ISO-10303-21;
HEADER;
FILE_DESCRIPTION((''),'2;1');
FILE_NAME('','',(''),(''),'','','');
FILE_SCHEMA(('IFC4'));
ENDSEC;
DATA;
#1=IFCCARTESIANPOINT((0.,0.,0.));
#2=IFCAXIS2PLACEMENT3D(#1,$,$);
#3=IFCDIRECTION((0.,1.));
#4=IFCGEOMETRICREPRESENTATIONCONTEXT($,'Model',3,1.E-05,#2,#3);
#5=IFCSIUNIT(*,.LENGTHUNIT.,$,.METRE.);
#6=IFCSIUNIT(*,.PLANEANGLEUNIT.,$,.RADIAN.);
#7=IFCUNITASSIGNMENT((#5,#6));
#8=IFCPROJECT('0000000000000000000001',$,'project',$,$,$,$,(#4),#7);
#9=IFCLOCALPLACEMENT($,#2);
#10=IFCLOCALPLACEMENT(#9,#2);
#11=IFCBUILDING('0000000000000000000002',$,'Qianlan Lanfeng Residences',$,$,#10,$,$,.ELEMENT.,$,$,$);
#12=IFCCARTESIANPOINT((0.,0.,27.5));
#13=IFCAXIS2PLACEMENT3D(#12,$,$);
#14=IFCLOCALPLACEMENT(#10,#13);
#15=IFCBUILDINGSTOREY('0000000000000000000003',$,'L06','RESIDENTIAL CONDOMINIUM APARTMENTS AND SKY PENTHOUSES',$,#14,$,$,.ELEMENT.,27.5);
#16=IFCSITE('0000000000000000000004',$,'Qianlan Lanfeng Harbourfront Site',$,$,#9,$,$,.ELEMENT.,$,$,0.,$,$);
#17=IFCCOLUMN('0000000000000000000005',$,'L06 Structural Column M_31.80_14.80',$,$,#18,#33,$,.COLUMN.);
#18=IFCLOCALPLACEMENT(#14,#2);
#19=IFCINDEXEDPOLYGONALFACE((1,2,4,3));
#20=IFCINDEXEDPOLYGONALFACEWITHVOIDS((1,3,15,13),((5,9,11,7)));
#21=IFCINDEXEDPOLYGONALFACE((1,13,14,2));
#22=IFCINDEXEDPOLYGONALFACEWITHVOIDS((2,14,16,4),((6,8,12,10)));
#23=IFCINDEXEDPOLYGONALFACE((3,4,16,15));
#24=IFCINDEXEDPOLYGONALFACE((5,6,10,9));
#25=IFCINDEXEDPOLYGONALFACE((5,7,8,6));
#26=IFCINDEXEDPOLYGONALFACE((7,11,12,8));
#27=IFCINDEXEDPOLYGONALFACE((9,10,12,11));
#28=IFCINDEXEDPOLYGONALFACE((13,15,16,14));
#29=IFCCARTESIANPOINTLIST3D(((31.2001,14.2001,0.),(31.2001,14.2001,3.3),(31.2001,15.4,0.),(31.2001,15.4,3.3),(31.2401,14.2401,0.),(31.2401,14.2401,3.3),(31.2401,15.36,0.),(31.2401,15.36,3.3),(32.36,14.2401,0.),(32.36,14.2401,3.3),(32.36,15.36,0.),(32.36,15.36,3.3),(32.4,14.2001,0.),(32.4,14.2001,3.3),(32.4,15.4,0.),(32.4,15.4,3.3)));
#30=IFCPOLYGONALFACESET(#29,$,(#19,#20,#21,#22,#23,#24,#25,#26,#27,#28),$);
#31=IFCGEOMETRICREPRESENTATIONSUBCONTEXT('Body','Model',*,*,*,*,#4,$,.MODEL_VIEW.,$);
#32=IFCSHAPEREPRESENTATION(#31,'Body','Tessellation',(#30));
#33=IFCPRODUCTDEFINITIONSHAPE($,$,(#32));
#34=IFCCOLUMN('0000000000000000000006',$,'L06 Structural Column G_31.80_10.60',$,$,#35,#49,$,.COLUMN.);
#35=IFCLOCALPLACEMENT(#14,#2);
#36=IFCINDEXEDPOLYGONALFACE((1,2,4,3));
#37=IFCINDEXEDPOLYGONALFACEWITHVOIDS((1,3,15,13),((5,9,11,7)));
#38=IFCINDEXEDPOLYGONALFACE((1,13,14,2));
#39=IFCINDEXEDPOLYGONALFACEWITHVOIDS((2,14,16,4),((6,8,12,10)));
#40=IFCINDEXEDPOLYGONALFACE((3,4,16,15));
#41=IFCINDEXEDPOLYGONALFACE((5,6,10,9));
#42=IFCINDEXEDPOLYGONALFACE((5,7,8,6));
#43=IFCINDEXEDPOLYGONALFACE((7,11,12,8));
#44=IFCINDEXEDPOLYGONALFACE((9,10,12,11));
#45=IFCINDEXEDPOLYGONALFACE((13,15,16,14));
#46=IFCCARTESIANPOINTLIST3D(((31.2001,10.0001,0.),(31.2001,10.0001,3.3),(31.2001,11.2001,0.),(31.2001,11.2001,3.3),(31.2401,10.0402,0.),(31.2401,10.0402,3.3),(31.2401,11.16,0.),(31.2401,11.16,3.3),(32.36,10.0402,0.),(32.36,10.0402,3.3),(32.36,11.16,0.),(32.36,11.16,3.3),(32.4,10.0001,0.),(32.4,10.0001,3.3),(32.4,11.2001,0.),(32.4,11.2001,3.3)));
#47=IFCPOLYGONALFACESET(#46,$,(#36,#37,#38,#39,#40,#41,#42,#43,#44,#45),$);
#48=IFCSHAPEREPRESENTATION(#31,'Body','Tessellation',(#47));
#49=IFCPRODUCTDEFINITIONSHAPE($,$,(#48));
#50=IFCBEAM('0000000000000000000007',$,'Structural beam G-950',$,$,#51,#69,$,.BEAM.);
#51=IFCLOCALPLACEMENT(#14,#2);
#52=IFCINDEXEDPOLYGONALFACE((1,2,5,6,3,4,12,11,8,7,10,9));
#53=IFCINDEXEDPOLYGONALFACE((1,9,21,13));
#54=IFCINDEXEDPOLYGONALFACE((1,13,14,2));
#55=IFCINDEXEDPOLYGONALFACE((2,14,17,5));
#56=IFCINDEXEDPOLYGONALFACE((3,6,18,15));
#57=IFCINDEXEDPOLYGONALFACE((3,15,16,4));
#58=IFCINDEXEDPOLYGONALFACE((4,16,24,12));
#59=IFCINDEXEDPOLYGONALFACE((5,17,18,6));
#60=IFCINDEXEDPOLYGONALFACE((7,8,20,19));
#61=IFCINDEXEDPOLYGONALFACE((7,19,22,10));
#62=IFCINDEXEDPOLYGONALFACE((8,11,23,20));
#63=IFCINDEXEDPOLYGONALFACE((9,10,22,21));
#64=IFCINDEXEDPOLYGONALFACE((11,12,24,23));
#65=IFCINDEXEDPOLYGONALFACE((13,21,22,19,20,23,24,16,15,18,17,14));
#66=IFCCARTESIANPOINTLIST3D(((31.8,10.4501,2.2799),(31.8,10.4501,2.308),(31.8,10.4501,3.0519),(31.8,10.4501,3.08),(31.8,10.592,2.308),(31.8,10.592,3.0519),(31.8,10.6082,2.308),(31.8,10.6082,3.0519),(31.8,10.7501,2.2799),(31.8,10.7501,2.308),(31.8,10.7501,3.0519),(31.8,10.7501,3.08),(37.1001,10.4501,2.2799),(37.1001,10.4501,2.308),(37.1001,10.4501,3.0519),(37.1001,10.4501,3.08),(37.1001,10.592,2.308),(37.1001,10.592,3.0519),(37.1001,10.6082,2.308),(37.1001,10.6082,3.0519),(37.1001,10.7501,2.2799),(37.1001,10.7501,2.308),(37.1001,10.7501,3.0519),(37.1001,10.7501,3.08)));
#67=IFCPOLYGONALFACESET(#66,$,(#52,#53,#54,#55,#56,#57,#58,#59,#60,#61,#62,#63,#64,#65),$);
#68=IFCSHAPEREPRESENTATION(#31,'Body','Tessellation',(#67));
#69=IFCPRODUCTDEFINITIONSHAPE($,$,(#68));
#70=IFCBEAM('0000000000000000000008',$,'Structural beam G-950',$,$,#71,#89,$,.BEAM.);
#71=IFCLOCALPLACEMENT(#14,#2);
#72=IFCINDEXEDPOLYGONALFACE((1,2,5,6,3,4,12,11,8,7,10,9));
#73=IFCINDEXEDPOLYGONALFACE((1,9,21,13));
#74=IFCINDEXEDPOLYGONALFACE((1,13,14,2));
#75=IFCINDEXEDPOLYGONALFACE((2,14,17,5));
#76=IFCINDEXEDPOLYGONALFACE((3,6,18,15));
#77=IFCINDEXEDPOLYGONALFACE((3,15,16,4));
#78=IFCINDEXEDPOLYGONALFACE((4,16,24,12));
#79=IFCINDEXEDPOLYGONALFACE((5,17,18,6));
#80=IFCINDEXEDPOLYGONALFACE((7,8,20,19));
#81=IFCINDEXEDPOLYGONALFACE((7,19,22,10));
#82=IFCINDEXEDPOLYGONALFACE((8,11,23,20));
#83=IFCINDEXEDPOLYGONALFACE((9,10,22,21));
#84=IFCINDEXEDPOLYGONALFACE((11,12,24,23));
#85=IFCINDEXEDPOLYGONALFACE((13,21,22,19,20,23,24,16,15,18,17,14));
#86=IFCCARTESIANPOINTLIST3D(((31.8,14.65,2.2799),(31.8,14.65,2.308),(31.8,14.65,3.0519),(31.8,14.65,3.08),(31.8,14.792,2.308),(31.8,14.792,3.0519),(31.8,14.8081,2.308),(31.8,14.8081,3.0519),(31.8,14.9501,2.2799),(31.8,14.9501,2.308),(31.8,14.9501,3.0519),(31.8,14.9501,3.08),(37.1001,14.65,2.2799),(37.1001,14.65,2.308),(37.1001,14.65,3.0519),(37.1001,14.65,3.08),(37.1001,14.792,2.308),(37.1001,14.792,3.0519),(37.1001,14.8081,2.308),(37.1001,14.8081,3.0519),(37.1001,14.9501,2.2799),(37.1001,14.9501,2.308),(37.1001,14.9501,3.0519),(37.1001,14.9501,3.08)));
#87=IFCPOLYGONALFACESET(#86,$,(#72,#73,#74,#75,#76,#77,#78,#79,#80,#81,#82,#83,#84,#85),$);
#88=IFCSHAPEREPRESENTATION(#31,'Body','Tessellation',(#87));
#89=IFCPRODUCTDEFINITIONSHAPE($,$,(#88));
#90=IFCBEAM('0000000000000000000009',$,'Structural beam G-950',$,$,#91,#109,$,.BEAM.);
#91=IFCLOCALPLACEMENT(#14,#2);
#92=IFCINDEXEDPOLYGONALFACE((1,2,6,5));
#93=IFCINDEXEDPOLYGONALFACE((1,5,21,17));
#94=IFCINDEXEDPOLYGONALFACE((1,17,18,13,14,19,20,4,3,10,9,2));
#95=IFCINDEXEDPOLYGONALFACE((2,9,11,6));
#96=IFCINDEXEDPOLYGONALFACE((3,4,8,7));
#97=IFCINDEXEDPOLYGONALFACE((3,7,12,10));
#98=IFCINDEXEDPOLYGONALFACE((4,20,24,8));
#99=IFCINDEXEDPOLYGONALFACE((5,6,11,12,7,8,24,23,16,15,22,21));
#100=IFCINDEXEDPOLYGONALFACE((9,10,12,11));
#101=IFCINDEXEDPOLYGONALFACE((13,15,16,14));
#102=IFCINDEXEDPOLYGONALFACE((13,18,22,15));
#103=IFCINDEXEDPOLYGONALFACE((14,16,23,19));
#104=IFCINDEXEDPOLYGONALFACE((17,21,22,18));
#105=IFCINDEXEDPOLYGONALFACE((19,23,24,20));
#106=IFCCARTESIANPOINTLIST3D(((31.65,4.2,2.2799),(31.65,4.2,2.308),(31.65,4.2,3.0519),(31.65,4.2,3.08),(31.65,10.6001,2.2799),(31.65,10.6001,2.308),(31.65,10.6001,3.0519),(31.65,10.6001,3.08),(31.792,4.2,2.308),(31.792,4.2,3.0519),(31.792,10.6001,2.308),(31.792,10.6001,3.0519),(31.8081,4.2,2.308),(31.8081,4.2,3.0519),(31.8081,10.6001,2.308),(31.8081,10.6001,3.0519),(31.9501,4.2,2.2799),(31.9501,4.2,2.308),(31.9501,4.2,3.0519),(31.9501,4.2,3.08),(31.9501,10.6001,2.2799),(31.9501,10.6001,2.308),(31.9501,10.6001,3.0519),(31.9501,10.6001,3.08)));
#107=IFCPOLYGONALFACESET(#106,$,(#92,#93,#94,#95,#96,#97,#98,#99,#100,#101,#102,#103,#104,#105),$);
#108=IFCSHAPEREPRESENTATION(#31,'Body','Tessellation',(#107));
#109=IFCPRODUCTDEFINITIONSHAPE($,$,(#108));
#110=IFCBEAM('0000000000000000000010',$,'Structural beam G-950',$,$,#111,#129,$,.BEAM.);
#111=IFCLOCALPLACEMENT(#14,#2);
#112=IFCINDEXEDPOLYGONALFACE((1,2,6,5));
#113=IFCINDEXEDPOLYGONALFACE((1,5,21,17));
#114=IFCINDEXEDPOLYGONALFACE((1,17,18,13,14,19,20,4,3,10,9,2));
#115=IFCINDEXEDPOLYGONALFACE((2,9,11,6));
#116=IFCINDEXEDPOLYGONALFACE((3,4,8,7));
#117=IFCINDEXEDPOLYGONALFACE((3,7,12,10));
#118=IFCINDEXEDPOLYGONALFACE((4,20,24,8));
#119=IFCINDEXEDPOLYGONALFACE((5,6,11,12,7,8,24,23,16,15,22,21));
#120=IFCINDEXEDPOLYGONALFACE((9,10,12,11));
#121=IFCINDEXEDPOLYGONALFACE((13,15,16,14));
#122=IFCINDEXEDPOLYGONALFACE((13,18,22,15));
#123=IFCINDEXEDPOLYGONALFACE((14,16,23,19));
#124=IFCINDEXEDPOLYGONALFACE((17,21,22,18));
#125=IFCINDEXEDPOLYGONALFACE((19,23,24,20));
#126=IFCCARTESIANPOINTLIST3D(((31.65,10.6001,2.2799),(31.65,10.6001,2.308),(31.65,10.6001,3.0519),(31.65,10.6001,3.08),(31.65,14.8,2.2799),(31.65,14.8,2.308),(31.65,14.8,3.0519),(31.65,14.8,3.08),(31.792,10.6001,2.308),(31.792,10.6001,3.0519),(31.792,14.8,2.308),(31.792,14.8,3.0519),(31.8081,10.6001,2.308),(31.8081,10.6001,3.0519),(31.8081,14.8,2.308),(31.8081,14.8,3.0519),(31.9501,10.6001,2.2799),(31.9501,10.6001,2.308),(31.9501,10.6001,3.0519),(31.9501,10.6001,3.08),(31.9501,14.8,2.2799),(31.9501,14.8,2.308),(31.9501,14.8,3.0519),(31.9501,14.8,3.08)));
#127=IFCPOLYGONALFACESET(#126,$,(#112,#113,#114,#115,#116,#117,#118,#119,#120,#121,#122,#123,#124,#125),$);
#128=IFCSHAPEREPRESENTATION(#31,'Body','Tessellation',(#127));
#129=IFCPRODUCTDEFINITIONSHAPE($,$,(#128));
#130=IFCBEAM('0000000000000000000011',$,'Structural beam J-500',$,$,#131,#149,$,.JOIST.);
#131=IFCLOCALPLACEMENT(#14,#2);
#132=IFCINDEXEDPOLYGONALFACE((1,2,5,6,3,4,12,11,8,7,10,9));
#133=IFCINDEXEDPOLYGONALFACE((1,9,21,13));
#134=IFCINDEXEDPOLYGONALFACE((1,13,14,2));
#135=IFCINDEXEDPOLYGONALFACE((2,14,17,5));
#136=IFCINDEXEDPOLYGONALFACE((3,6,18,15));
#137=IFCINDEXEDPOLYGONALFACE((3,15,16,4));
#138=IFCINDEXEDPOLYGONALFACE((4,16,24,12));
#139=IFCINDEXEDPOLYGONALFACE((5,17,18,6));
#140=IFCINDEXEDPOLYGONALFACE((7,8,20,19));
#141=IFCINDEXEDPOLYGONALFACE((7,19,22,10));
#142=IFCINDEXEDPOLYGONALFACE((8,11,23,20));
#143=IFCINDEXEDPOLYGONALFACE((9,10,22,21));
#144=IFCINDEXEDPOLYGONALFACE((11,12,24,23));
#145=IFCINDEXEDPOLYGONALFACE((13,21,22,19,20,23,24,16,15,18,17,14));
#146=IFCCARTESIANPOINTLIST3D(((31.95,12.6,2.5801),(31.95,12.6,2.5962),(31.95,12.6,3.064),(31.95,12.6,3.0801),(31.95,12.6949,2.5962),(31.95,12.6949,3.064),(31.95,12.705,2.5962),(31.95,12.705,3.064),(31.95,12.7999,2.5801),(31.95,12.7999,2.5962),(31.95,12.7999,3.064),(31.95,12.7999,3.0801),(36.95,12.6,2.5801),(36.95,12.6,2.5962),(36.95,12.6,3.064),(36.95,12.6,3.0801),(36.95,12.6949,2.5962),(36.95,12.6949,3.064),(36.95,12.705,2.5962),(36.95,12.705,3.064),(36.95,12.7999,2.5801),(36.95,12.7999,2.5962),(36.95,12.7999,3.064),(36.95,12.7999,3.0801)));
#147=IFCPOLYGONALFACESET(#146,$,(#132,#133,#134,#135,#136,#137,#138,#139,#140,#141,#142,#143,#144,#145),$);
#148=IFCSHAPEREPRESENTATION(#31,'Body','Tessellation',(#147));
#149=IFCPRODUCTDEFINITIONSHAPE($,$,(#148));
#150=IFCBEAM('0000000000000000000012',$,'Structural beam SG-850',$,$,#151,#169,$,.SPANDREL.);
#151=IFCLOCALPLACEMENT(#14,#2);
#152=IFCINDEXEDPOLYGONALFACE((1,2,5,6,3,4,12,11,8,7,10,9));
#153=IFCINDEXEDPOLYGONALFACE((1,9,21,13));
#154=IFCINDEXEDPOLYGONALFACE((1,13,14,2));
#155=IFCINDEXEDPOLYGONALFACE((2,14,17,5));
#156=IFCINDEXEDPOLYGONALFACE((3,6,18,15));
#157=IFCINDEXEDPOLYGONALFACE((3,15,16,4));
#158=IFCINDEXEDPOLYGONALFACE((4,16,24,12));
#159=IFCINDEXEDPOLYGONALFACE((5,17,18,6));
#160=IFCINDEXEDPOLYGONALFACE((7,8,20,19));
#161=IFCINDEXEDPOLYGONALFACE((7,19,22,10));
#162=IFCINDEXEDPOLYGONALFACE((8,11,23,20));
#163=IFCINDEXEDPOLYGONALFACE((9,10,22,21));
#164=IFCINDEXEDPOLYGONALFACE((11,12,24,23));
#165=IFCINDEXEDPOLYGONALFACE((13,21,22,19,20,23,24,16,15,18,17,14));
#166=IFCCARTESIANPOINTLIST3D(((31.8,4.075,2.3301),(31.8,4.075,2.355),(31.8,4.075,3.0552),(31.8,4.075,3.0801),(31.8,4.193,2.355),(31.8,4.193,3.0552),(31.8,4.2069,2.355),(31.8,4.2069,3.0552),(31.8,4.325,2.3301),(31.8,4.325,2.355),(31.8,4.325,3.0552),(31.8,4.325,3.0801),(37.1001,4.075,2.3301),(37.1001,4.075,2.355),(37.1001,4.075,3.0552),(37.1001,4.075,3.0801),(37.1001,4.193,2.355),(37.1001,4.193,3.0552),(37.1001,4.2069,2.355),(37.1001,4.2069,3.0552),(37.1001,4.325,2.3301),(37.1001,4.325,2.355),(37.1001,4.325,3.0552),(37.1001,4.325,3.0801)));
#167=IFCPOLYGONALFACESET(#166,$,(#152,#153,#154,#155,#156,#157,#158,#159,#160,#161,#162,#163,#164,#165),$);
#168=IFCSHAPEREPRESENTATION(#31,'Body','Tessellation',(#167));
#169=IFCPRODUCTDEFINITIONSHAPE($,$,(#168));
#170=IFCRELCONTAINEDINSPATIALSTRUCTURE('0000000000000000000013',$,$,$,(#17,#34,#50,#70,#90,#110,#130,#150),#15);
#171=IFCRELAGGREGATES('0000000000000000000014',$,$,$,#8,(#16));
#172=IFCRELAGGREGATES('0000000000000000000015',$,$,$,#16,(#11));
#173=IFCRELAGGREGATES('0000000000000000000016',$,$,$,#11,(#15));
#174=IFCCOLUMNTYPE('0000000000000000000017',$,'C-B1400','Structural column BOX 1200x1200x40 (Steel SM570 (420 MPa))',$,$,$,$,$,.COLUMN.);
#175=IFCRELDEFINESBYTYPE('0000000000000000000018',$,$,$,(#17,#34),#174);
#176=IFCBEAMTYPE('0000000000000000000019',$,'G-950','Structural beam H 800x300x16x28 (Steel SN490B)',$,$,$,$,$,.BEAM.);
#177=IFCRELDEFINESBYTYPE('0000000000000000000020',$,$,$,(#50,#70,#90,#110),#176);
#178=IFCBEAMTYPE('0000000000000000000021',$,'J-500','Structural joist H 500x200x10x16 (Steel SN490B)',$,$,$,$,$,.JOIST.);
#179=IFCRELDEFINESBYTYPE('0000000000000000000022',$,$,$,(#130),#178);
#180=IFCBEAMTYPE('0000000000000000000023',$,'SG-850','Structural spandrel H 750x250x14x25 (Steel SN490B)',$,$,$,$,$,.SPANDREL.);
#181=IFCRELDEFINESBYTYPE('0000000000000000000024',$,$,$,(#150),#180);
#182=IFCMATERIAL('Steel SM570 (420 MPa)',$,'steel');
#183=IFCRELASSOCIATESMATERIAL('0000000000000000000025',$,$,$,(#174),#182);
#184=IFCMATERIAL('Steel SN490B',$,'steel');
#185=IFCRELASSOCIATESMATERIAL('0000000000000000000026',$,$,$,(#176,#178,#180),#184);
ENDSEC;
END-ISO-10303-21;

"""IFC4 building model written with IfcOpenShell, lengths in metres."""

from ifc_helpers import new_model, si_unit, direction, frame, origin, origin_2d, place, context, subcontext, project, spatial, hollow_rectangle, i_section, extrude, material, material_profile, profile_set, type_object, element, save


model = new_model("IFC4")

# Units and contexts
model_context = context("Model", 3, precision=1e-05, world=origin(), true_north=direction((0.0, 1.0)))
body_context = subcontext(model_context, "Body", "Model", "MODEL_VIEW")
ifc_project = project(units=[si_unit("LENGTHUNIT", "METRE"), si_unit("PLANEANGLEUNIT", "RADIAN")], contexts=[model_context])

# Site, building, storey
site_placement = place(None, origin())
site = spatial("IfcSite", under=ifc_project, at=site_placement, Name="Qianlan Lanfeng Harbourfront Site", CompositionType="ELEMENT", RefElevation=0.0)
building_placement = place(site_placement, origin())
building = spatial("IfcBuilding", under=site, at=building_placement, Name="Qianlan Lanfeng Residences", CompositionType="ELEMENT")
storey_placement = place(building_placement, frame((0.0, 0.0, 27.5)))
storey = spatial("IfcBuildingStorey", under=building, at=storey_placement, Name="L06", Description="RESIDENTIAL CONDOMINIUM APARTMENTS AND SKY PENTHOUSES", CompositionType="ELEMENT", Elevation=27.5)

# Columns
ifc_material_1 = material(Name="Steel SM570 (420 MPa)", Category="steel")
ifc_material_profile_1 = material_profile(ifc_material_1, hollow_rectangle(XDim=1.2, YDim=1.2, WallThickness=0.04, at=origin_2d()), Name="BOX 1200x1200x40")
ifc_profile_set_1 = profile_set([ifc_material_profile_1], Name="Steel SM570 (420 MPa)")
column_type = type_object("IfcColumnType", Name="C-B1400", Description="Structural column BOX 1200x1200x40 (Steel SM570 (420 MPa))", PredefinedType="COLUMN", material=ifc_profile_set_1)
for number, where, z_axis, x_axis, name in (
    (1, (31.8, 14.8, 0.0), (0.0, 0.0, 1.0), (1.0, 0.0, 0.0), "L06 Structural Column M_31.80_14.80"),
    (2, (31.8, 10.6001, 0.0), (0.0, 0.0, 1.0), (1.0, 0.0, 0.0), "L06 Structural Column G_31.80_10.60"),
):
    element("IfcColumn", number, at=place(storey_placement, frame(where, z_axis=z_axis, x_axis=x_axis)), inside=storey, type_object=column_type, Name=name, PredefinedType="COLUMN", context=body_context, shape_type="SweptSolid", body=[
        extrude(hollow_rectangle(XDim=1.2, YDim=1.2, WallThickness=0.04, at=origin_2d()), origin(), (0.0, 0.0, 1.0), 3.3),
    ])

# Beams
ifc_material_2 = material(Name="Steel SN490B", Category="steel")
ifc_material_profile_2 = material_profile(ifc_material_2, i_section(OverallWidth=0.3, OverallDepth=0.8, WebThickness=0.0161, FlangeThickness=0.0281, at=origin_2d()), Name="H 800x300x16x28")
ifc_profile_set_2 = profile_set([ifc_material_profile_2], Name="Steel SN490B")
beam_type_1 = type_object("IfcBeamType", Name="G-950", Description="Structural beam H 800x300x16x28 (Steel SN490B)", PredefinedType="BEAM", material=ifc_profile_set_2)
for number, where, z_axis, x_axis, name in (
    (3, (31.8, 10.6001, 2.6799), (1.0, 0.0, 0.0), (0.0, 1.0, 0.0), "Structural beam G-950"),
    (4, (31.8, 14.8, 2.6799), (1.0, 0.0, 0.0), (0.0, 1.0, 0.0), "Structural beam G-950"),
):
    element("IfcBeam", number, at=place(storey_placement, frame(where, z_axis=z_axis, x_axis=x_axis)), inside=storey, type_object=beam_type_1, Name=name, PredefinedType="BEAM", context=body_context, shape_type="SweptSolid", body=[
        extrude(i_section(OverallWidth=0.3, OverallDepth=0.8, WebThickness=0.0161, FlangeThickness=0.0281, at=origin_2d()), origin(), (0.0, 0.0, 1.0), 5.3),
    ])
beam_1_placement = place(storey_placement, frame((31.8, 4.2, 2.6799), z_axis=(0.0, 1.0, 0.0), x_axis=(-1.0, 0.0, 0.0)))
element("IfcBeam", 5, at=beam_1_placement, inside=storey, type_object=beam_type_1, Name="Structural beam G-950", PredefinedType="BEAM", context=body_context, shape_type="SweptSolid", body=[
    extrude(i_section(OverallWidth=0.3, OverallDepth=0.8, WebThickness=0.0161, FlangeThickness=0.0281, at=origin_2d()), origin(), (0.0, 0.0, 1.0), 6.4001),
])
beam_2_placement = place(storey_placement, frame((31.8, 10.6001, 2.6799), z_axis=(0.0, 1.0, 0.0), x_axis=(-1.0, 0.0, 0.0)))
element("IfcBeam", 6, at=beam_2_placement, inside=storey, type_object=beam_type_1, Name="Structural beam G-950", PredefinedType="BEAM", context=body_context, shape_type="SweptSolid", body=[
    extrude(i_section(OverallWidth=0.3, OverallDepth=0.8, WebThickness=0.0161, FlangeThickness=0.0281, at=origin_2d()), origin(), (0.0, 0.0, 1.0), 4.2),
])
ifc_material_profile_3 = material_profile(ifc_material_2, i_section(OverallWidth=0.2, OverallDepth=0.5, WebThickness=0.01, FlangeThickness=0.0161, at=origin_2d()), Name="H 500x200x10x16")
ifc_profile_set_3 = profile_set([ifc_material_profile_3], Name="Steel SN490B")
beam_type_2 = type_object("IfcBeamType", Name="J-500", Description="Structural joist H 500x200x10x16 (Steel SN490B)", PredefinedType="JOIST", material=ifc_profile_set_3)
beam_3_placement = place(storey_placement, frame((31.95, 12.7, 2.8301), z_axis=(1.0, 0.0, 0.0), x_axis=(0.0, 1.0, 0.0)))
element("IfcBeam", 7, at=beam_3_placement, inside=storey, type_object=beam_type_2, Name="Structural beam J-500", PredefinedType="JOIST", context=body_context, shape_type="SweptSolid", body=[
    extrude(i_section(OverallWidth=0.2, OverallDepth=0.5, WebThickness=0.01, FlangeThickness=0.0161, at=origin_2d()), origin(), (0.0, 0.0, 1.0), 5.0),
])
ifc_material_profile_4 = material_profile(ifc_material_2, i_section(OverallWidth=0.25, OverallDepth=0.75, WebThickness=0.0139, FlangeThickness=0.0249, at=origin_2d()), Name="H 750x250x14x25")
ifc_profile_set_4 = profile_set([ifc_material_profile_4], Name="Steel SN490B")
beam_type_3 = type_object("IfcBeamType", Name="SG-850", Description="Structural spandrel H 750x250x14x25 (Steel SN490B)", PredefinedType="SPANDREL", material=ifc_profile_set_4)
beam_4_placement = place(storey_placement, frame((31.8, 4.2, 2.7051), z_axis=(1.0, 0.0, 0.0), x_axis=(0.0, 1.0, 0.0)))
element("IfcBeam", 8, at=beam_4_placement, inside=storey, type_object=beam_type_3, Name="Structural beam SG-850", PredefinedType="SPANDREL", context=body_context, shape_type="SweptSolid", body=[
    extrude(i_section(OverallWidth=0.25, OverallDepth=0.75, WebThickness=0.0139, FlangeThickness=0.0249, at=origin_2d()), origin(), (0.0, 0.0, 1.0), 5.3),
])

save(model, "model.ifc")
